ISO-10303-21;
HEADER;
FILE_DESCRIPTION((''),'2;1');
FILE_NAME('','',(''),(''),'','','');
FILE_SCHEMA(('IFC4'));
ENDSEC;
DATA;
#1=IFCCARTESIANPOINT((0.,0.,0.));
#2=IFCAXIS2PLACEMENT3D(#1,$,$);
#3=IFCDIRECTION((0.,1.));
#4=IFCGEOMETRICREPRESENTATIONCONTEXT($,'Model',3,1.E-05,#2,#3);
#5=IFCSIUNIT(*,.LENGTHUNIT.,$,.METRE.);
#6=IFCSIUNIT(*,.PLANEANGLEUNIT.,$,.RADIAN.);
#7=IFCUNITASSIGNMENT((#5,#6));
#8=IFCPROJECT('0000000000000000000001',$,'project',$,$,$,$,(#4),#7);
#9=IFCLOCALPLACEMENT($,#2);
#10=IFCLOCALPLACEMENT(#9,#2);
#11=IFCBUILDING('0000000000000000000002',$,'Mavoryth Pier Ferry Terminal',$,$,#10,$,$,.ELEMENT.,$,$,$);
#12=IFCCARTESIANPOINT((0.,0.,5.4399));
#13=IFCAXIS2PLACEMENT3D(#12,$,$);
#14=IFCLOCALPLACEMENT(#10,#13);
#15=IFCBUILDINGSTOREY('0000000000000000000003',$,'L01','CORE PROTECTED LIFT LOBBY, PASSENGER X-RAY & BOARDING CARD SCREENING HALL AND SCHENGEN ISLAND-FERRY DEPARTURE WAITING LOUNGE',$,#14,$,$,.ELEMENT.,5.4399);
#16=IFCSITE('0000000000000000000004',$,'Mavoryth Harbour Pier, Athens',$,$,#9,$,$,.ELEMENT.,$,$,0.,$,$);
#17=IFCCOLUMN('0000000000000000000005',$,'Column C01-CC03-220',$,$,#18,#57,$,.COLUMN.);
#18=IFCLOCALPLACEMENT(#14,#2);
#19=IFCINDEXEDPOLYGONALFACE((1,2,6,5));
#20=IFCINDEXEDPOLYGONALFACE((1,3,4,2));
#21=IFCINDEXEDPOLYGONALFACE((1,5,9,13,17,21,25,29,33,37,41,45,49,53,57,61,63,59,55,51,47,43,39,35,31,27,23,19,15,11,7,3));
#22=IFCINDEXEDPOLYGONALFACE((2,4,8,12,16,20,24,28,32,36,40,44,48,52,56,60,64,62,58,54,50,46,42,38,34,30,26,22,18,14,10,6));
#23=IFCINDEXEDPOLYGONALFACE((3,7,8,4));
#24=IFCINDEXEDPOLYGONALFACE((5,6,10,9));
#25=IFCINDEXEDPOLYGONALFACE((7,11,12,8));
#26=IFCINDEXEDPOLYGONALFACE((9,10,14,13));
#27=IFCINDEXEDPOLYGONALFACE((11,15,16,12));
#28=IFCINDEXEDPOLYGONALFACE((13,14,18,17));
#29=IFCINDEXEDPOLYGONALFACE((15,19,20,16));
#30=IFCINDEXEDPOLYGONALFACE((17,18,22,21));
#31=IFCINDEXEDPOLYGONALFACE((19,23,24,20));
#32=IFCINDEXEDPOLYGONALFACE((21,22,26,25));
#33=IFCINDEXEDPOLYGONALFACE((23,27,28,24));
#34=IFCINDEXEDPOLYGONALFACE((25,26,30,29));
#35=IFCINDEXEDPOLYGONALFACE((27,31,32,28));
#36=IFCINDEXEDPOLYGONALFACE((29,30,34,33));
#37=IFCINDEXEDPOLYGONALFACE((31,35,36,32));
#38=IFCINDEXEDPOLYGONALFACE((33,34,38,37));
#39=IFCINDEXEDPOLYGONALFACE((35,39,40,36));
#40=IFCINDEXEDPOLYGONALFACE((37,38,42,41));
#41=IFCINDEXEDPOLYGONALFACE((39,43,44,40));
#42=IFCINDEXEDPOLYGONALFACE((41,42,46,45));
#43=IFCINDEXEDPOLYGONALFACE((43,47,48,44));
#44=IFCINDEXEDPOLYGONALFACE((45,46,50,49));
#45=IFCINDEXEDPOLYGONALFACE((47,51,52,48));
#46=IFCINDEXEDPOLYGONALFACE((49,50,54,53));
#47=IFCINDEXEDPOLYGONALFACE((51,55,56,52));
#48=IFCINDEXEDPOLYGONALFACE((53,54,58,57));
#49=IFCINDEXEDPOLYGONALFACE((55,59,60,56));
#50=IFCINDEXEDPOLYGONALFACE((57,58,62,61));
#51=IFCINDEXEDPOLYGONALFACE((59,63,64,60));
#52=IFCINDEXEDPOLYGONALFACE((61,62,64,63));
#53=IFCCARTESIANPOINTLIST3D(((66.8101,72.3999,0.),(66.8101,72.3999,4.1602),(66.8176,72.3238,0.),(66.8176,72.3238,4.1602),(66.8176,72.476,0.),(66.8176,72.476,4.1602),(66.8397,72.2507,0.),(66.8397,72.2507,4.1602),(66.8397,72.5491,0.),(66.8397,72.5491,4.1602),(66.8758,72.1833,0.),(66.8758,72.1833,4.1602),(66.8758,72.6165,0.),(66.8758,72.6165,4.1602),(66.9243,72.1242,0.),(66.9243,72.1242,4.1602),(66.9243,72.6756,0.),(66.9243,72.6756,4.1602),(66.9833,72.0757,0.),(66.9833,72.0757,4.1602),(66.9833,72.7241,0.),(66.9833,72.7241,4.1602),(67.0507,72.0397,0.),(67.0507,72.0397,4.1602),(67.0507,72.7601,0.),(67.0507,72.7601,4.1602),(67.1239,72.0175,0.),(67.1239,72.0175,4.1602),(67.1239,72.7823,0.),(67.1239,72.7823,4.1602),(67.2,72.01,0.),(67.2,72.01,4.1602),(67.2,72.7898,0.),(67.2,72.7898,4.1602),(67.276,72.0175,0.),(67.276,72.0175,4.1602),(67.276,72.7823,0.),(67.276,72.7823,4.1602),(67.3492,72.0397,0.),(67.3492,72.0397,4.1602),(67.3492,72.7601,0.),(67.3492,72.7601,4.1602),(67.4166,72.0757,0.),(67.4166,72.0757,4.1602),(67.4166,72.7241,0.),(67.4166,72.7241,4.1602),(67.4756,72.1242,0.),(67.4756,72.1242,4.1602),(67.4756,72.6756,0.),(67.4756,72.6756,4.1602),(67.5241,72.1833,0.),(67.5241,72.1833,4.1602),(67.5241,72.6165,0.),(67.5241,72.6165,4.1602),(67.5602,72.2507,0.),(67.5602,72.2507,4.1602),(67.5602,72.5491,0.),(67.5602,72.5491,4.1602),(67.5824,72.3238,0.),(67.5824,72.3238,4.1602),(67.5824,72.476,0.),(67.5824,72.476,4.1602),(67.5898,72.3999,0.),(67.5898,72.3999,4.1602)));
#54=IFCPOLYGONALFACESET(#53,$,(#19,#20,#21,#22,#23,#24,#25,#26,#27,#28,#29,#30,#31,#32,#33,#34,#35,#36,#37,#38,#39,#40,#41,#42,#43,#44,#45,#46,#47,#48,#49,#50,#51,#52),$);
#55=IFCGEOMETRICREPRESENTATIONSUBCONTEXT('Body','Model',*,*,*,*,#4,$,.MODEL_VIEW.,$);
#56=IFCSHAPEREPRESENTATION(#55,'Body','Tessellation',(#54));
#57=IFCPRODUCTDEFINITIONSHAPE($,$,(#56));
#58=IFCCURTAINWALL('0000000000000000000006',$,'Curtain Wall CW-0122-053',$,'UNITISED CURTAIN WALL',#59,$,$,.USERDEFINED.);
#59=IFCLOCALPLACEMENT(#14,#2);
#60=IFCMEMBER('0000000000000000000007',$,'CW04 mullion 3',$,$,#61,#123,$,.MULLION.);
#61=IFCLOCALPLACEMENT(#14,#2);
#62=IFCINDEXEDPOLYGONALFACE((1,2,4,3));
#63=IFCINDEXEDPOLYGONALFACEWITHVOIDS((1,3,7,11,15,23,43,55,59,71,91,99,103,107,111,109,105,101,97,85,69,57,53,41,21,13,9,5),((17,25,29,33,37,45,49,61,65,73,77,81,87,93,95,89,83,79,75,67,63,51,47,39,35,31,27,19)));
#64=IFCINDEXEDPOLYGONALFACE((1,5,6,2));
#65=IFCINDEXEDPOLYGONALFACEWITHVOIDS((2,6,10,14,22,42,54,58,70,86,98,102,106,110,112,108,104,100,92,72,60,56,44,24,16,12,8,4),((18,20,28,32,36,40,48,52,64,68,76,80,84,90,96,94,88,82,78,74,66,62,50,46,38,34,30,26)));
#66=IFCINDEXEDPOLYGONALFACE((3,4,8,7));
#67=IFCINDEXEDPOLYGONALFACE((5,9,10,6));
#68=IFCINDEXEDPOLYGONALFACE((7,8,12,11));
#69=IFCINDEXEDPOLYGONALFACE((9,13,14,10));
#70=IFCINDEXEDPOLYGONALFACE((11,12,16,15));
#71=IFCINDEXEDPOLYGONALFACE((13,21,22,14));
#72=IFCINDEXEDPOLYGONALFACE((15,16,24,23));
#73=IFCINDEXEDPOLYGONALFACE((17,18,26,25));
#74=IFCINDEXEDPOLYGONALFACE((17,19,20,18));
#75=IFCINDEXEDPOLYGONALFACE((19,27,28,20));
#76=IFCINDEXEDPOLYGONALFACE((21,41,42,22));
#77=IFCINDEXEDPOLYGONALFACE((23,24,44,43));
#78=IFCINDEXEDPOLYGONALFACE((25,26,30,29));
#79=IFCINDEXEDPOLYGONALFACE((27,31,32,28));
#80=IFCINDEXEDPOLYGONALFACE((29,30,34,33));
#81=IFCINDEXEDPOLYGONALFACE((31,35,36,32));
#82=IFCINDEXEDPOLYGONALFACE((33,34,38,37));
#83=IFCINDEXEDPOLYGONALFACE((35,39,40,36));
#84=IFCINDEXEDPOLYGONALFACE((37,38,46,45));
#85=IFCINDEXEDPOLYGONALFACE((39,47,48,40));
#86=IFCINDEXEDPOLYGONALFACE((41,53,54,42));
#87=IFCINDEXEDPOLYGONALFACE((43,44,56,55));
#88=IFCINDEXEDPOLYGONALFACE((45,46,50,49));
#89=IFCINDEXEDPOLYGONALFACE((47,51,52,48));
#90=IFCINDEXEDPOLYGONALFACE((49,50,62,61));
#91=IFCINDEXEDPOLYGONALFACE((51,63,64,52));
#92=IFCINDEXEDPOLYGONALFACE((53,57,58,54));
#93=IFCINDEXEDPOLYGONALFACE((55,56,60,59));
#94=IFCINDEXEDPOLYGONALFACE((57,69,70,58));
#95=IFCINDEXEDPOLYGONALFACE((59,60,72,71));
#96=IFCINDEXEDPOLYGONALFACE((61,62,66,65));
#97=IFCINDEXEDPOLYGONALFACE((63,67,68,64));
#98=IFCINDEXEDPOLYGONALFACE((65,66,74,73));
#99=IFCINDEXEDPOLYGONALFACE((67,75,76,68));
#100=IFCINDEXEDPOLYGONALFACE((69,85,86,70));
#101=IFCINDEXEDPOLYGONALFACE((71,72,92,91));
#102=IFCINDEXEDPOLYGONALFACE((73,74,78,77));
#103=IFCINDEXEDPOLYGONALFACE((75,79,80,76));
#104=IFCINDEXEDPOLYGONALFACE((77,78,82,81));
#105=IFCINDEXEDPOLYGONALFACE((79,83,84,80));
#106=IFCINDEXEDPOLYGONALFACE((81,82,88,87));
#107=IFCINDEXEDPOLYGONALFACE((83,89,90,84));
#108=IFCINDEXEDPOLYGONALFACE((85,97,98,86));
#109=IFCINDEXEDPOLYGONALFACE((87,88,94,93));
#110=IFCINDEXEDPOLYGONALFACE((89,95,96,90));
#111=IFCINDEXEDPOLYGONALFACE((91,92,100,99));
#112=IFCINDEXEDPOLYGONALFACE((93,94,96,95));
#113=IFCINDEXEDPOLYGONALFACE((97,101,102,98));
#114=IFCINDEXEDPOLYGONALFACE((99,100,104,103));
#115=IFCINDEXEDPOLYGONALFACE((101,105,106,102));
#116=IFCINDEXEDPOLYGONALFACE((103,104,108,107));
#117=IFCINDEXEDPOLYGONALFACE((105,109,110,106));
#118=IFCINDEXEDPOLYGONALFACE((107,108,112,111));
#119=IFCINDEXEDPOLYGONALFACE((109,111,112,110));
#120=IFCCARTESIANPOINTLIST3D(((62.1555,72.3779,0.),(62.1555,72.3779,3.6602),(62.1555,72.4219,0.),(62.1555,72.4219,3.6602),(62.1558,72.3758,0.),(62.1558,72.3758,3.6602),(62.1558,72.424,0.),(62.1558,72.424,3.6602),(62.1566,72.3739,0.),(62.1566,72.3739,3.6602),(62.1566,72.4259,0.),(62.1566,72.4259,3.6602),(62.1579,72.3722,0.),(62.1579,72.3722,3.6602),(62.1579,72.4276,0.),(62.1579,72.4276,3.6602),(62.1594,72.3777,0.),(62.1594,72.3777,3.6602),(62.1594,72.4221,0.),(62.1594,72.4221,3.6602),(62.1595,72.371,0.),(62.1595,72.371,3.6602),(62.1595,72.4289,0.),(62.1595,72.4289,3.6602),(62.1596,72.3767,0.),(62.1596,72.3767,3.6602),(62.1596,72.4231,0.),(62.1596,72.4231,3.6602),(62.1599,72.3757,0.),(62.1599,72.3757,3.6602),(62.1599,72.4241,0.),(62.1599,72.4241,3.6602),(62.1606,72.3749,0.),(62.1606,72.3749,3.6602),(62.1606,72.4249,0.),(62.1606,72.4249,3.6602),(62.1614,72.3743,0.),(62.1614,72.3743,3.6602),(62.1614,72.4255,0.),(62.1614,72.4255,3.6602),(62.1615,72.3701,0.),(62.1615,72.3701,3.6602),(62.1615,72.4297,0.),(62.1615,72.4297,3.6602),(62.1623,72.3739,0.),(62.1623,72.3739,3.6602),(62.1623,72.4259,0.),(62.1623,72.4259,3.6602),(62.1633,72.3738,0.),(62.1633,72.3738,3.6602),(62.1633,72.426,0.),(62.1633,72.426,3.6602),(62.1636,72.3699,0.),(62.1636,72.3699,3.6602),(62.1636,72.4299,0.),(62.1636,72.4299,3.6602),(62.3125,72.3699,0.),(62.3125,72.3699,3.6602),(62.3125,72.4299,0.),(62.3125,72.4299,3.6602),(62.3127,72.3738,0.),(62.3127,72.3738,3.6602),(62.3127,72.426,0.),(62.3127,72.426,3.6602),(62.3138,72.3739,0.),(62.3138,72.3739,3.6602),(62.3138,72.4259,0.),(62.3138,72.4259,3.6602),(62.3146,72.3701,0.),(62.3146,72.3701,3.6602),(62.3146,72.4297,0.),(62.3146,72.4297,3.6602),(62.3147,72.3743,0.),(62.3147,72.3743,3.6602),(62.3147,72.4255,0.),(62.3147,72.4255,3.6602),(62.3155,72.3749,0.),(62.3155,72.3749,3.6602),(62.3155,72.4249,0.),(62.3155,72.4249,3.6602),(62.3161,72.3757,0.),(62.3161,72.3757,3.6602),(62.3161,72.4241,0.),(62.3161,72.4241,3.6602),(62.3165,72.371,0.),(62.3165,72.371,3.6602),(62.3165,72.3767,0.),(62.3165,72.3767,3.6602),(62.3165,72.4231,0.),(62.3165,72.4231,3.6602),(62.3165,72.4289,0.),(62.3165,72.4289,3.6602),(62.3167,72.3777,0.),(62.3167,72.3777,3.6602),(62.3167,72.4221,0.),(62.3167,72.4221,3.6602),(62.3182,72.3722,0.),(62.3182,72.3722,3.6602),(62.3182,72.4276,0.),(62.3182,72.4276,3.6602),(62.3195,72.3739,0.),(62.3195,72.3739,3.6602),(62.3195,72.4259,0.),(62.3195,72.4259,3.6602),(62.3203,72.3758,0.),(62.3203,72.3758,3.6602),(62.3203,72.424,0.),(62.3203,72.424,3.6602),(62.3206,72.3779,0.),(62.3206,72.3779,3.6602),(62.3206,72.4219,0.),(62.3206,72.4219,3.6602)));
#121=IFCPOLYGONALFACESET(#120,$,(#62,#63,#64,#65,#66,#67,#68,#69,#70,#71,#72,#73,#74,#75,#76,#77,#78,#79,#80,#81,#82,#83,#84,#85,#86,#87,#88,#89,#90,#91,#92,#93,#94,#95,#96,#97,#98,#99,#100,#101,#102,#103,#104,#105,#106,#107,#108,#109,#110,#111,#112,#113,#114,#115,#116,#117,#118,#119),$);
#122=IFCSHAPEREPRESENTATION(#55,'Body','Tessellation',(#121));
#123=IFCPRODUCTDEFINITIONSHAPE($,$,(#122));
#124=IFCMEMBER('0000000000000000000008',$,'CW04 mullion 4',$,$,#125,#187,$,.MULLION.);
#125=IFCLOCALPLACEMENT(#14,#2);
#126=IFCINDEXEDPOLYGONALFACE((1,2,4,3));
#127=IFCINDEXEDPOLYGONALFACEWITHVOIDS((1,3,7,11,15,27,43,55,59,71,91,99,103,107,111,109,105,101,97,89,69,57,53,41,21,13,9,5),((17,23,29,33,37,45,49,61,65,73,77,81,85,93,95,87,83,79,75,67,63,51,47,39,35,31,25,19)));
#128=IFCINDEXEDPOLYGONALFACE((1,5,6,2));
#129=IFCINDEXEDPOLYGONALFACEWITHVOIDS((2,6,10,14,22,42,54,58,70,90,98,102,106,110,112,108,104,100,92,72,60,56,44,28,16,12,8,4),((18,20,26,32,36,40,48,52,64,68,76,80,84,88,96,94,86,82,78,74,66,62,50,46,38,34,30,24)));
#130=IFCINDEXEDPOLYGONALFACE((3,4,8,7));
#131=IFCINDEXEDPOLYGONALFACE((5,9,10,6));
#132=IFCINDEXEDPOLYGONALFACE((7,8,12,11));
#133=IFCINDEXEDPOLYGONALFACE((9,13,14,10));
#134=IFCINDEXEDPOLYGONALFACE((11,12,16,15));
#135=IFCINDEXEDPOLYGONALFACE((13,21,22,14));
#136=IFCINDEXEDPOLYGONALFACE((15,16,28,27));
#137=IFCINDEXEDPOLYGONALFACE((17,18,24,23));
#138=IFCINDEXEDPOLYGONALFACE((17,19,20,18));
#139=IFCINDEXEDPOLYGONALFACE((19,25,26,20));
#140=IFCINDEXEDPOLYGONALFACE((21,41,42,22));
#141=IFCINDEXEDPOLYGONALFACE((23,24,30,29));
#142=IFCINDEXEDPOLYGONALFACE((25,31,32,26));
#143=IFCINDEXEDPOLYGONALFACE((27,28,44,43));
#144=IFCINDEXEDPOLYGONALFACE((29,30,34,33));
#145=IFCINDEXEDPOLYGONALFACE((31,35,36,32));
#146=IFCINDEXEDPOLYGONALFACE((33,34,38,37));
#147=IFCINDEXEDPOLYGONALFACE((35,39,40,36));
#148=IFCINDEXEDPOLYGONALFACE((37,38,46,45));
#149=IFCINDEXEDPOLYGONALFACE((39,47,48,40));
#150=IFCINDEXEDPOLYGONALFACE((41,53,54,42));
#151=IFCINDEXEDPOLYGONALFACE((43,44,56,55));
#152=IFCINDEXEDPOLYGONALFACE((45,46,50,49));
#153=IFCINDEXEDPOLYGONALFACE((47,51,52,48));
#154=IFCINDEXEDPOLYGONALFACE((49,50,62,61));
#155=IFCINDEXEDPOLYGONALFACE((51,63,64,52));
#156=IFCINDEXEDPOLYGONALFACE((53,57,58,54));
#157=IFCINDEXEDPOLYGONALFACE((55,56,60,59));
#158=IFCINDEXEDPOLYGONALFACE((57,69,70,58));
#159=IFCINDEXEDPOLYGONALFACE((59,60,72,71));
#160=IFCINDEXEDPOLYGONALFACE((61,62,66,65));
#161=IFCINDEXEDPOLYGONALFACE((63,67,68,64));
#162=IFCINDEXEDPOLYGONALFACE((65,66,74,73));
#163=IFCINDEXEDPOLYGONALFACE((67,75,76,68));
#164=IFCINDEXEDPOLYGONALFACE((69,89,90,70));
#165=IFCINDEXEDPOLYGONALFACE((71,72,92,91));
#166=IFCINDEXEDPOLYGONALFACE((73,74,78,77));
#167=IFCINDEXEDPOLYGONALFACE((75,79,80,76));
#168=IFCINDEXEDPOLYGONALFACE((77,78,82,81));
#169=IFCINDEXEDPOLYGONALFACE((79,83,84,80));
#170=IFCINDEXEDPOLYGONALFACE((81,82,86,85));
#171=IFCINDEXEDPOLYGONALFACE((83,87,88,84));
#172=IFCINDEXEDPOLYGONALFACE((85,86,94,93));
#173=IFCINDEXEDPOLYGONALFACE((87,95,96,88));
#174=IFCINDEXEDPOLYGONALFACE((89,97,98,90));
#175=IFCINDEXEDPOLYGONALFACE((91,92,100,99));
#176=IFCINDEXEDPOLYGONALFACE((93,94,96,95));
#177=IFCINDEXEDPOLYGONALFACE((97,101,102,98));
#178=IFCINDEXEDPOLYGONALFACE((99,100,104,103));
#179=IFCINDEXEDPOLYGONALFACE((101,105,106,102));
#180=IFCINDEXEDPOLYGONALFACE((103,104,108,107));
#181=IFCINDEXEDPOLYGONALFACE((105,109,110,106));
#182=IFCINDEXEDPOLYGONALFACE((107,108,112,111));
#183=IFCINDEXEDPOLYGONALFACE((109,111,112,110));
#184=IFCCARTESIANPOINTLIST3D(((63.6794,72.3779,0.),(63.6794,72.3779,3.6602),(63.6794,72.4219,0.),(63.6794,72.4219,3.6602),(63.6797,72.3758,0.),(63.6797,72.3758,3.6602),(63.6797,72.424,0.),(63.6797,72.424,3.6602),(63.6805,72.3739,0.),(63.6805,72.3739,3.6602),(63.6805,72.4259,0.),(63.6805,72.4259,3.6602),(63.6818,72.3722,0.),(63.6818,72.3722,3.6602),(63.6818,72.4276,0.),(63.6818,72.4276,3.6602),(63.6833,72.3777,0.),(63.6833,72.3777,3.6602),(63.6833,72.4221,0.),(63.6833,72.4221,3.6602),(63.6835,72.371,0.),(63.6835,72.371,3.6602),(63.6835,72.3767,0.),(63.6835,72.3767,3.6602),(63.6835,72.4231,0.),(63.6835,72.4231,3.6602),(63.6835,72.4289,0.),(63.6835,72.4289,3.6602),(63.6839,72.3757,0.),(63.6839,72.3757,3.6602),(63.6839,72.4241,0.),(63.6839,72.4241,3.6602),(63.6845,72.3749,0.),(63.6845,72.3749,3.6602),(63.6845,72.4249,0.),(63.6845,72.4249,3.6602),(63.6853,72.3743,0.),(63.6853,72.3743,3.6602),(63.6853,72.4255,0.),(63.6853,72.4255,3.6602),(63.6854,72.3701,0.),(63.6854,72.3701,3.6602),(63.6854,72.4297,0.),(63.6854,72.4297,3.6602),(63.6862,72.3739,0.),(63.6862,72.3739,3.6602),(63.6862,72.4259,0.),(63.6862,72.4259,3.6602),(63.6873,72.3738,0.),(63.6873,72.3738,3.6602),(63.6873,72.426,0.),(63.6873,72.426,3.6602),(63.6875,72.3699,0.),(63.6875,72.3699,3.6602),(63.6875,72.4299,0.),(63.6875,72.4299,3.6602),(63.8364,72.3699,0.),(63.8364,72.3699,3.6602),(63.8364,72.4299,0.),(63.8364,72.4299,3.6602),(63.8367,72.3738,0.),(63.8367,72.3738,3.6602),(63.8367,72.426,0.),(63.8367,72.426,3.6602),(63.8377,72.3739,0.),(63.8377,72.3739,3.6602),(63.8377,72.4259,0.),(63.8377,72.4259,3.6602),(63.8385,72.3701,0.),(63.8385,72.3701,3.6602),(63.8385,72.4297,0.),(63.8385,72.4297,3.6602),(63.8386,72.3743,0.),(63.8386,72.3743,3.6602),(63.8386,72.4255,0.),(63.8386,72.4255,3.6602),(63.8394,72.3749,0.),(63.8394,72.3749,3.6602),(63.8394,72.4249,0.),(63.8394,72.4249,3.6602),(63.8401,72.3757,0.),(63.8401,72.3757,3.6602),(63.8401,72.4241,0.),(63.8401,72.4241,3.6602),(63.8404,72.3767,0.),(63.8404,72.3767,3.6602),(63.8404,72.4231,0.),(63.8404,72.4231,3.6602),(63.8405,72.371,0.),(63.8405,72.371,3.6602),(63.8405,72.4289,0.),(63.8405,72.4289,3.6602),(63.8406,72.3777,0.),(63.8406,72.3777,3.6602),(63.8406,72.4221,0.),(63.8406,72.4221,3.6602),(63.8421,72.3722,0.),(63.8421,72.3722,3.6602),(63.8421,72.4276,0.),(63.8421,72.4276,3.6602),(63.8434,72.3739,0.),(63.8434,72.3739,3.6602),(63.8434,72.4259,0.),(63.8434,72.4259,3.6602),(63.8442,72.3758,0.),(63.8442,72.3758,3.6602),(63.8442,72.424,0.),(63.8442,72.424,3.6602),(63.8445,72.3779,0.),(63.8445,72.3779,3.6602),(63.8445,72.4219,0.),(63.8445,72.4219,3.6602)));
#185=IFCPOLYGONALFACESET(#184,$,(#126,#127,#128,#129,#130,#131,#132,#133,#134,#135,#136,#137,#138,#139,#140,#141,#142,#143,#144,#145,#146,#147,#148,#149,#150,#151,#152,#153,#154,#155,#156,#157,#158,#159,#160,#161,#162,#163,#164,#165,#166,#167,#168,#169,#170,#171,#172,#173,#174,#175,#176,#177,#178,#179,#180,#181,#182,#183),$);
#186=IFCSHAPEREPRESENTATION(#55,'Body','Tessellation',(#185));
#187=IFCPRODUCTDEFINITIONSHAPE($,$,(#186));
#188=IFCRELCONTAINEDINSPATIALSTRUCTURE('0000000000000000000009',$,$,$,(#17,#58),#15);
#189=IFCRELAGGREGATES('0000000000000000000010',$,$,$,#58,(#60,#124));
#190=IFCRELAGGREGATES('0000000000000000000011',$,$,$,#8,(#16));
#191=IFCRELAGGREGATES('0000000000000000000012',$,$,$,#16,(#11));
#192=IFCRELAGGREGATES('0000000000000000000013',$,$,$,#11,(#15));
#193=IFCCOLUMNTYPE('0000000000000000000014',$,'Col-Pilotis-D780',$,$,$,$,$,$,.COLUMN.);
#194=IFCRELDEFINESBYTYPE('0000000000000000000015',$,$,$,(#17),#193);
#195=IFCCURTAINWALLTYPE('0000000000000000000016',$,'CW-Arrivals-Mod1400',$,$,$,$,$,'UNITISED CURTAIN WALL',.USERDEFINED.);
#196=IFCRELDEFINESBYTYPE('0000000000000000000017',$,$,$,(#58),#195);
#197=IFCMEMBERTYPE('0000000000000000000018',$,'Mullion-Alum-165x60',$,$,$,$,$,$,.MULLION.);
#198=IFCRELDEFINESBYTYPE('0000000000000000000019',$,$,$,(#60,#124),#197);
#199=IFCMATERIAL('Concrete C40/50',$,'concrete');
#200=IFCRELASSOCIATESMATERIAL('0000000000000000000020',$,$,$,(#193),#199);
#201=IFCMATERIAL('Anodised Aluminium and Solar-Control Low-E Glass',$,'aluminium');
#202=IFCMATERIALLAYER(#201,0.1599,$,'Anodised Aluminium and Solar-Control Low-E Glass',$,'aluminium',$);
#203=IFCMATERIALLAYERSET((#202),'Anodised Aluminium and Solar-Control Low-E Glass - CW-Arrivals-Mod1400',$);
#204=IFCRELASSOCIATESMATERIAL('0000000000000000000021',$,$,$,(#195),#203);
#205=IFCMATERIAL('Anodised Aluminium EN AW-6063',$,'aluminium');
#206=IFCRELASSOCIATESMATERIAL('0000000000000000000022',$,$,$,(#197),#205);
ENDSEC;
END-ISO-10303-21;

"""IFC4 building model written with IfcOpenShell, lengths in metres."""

from ifc_helpers import new_model, si_unit, direction, frame, origin, origin_2d, place, context, subcontext, project, spatial, hollow_rectangle, circle, extrude, material, layer, layer_set, material_profile, profile_set, type_object, element, aggregate, save


model = new_model("IFC4")

# Units and contexts
model_context = context("Model", 3, precision=1e-05, world=origin(), true_north=direction((0.0, 1.0)))
body_context = subcontext(model_context, "Body", "Model", "MODEL_VIEW")
ifc_project = project(units=[si_unit("LENGTHUNIT", "METRE"), si_unit("PLANEANGLEUNIT", "RADIAN")], contexts=[model_context])

# Site, building, storey
site_placement = place(None, origin())
site = spatial("IfcSite", under=ifc_project, at=site_placement, Name="Mavoryth Harbour Pier, Athens", CompositionType="ELEMENT", RefElevation=0.0)
building_placement = place(site_placement, origin())
building = spatial("IfcBuilding", under=site, at=building_placement, Name="Mavoryth Pier Ferry Terminal", CompositionType="ELEMENT")
storey_placement = place(building_placement, frame((0.0, 0.0, 5.4399)))
storey = spatial("IfcBuildingStorey", under=building, at=storey_placement, Name="L01", Description="CORE PROTECTED LIFT LOBBY, PASSENGER X-RAY & BOARDING CARD SCREENING HALL AND SCHENGEN ISLAND-FERRY DEPARTURE WAITING LOUNGE", CompositionType="ELEMENT", Elevation=5.4399)

# Column
ifc_material_1 = material(Name="Concrete C40/50", Category="concrete")
ifc_material_profile_1 = material_profile(ifc_material_1, circle(Radius=0.3899, at=origin_2d()), Name="RC D780", Category="concrete")
ifc_profile_set_1 = profile_set([ifc_material_profile_1], Name="Concrete C40/50 - RC D780")
column_type = type_object("IfcColumnType", Name="Col-Pilotis-D780", PredefinedType="COLUMN", material=ifc_profile_set_1)
column_placement = place(storey_placement, frame((67.2, 72.3999, 0.0), z_axis=(0.0, 0.0, 1.0), x_axis=(1.0, 0.0, 0.0)))
element("IfcColumn", 1, at=column_placement, inside=storey, type_object=column_type, Name="Column C01-CC03-220", PredefinedType="COLUMN", context=body_context, shape_type="SweptSolid", body=[
    extrude(circle(Radius=0.3899, at=origin_2d()), origin(), (0.0, 0.0, 1.0), 4.1602),
])

# Curtain wall, members
ifc_material_2 = material(Name="Anodised Aluminium and Solar-Control Low-E Glass", Category="aluminium")
ifc_layer_1 = layer(ifc_material_2, 0.1599, Name="Anodised Aluminium and Solar-Control Low-E Glass", Category="aluminium")
ifc_layer_set_1 = layer_set([ifc_layer_1], Name="Anodised Aluminium and Solar-Control Low-E Glass - CW-Arrivals-Mod1400")
curtain_wall_type_1 = type_object("IfcCurtainWallType", Name="CW-Arrivals-Mod1400", ElementType="UNITISED CURTAIN WALL", PredefinedType="USERDEFINED", material=ifc_layer_set_1)
curtain_wall_1_placement = place(storey_placement, origin())
curtain_wall_1 = element("IfcCurtainWall", 2, at=curtain_wall_1_placement, inside=storey, type_object=curtain_wall_type_1, Name="Curtain Wall CW-0122-053", ObjectType="UNITISED CURTAIN WALL", PredefinedType="USERDEFINED")
ifc_material_3 = material(Name="Anodised Aluminium EN AW-6063", Category="aluminium")
ifc_material_profile_2 = material_profile(ifc_material_3, hollow_rectangle(XDim=0.0601, YDim=0.165, WallThickness=0.0039, InnerFilletRadius=0.0039, OuterFilletRadius=0.0081, at=origin_2d()), Name="AL-MULL 165x60x4", Category="aluminium")
ifc_profile_set_2 = profile_set([ifc_material_profile_2], Name="Anodised Aluminium EN AW-6063 - AL-MULL 165x60x4")
member_type_1 = type_object("IfcMemberType", Name="Mullion-Alum-165x60", PredefinedType="MULLION", material=ifc_profile_set_2)
member_1_placement = place(storey_placement, frame((62.238, 72.3999, 0.0), z_axis=(0.0, 0.0, 1.0), x_axis=(0.0, 1.0, 0.0)))
member_1 = element("IfcMember", 3, at=member_1_placement, type_object=member_type_1, Name="CW04 mullion 3", PredefinedType="MULLION", context=body_context, shape_type="SweptSolid", body=[
    extrude(hollow_rectangle(XDim=0.0601, YDim=0.165, WallThickness=0.0039, InnerFilletRadius=0.0039, OuterFilletRadius=0.0081, at=origin_2d()), origin(), (0.0, 0.0, 1.0), 3.6602),
])
member_2_placement = place(storey_placement, frame((63.762, 72.3999, 0.0), z_axis=(0.0, 0.0, 1.0), x_axis=(0.0, 1.0, 0.0)))
member_2 = element("IfcMember", 4, at=member_2_placement, type_object=member_type_1, Name="CW04 mullion 4", PredefinedType="MULLION", context=body_context, shape_type="SweptSolid", body=[
    extrude(hollow_rectangle(XDim=0.0601, YDim=0.165, WallThickness=0.0039, InnerFilletRadius=0.0039, OuterFilletRadius=0.0081, at=origin_2d()), origin(), (0.0, 0.0, 1.0), 3.6602),
])

aggregate(curtain_wall_1, [member_1, member_2])

save(model, "model.ifc")
